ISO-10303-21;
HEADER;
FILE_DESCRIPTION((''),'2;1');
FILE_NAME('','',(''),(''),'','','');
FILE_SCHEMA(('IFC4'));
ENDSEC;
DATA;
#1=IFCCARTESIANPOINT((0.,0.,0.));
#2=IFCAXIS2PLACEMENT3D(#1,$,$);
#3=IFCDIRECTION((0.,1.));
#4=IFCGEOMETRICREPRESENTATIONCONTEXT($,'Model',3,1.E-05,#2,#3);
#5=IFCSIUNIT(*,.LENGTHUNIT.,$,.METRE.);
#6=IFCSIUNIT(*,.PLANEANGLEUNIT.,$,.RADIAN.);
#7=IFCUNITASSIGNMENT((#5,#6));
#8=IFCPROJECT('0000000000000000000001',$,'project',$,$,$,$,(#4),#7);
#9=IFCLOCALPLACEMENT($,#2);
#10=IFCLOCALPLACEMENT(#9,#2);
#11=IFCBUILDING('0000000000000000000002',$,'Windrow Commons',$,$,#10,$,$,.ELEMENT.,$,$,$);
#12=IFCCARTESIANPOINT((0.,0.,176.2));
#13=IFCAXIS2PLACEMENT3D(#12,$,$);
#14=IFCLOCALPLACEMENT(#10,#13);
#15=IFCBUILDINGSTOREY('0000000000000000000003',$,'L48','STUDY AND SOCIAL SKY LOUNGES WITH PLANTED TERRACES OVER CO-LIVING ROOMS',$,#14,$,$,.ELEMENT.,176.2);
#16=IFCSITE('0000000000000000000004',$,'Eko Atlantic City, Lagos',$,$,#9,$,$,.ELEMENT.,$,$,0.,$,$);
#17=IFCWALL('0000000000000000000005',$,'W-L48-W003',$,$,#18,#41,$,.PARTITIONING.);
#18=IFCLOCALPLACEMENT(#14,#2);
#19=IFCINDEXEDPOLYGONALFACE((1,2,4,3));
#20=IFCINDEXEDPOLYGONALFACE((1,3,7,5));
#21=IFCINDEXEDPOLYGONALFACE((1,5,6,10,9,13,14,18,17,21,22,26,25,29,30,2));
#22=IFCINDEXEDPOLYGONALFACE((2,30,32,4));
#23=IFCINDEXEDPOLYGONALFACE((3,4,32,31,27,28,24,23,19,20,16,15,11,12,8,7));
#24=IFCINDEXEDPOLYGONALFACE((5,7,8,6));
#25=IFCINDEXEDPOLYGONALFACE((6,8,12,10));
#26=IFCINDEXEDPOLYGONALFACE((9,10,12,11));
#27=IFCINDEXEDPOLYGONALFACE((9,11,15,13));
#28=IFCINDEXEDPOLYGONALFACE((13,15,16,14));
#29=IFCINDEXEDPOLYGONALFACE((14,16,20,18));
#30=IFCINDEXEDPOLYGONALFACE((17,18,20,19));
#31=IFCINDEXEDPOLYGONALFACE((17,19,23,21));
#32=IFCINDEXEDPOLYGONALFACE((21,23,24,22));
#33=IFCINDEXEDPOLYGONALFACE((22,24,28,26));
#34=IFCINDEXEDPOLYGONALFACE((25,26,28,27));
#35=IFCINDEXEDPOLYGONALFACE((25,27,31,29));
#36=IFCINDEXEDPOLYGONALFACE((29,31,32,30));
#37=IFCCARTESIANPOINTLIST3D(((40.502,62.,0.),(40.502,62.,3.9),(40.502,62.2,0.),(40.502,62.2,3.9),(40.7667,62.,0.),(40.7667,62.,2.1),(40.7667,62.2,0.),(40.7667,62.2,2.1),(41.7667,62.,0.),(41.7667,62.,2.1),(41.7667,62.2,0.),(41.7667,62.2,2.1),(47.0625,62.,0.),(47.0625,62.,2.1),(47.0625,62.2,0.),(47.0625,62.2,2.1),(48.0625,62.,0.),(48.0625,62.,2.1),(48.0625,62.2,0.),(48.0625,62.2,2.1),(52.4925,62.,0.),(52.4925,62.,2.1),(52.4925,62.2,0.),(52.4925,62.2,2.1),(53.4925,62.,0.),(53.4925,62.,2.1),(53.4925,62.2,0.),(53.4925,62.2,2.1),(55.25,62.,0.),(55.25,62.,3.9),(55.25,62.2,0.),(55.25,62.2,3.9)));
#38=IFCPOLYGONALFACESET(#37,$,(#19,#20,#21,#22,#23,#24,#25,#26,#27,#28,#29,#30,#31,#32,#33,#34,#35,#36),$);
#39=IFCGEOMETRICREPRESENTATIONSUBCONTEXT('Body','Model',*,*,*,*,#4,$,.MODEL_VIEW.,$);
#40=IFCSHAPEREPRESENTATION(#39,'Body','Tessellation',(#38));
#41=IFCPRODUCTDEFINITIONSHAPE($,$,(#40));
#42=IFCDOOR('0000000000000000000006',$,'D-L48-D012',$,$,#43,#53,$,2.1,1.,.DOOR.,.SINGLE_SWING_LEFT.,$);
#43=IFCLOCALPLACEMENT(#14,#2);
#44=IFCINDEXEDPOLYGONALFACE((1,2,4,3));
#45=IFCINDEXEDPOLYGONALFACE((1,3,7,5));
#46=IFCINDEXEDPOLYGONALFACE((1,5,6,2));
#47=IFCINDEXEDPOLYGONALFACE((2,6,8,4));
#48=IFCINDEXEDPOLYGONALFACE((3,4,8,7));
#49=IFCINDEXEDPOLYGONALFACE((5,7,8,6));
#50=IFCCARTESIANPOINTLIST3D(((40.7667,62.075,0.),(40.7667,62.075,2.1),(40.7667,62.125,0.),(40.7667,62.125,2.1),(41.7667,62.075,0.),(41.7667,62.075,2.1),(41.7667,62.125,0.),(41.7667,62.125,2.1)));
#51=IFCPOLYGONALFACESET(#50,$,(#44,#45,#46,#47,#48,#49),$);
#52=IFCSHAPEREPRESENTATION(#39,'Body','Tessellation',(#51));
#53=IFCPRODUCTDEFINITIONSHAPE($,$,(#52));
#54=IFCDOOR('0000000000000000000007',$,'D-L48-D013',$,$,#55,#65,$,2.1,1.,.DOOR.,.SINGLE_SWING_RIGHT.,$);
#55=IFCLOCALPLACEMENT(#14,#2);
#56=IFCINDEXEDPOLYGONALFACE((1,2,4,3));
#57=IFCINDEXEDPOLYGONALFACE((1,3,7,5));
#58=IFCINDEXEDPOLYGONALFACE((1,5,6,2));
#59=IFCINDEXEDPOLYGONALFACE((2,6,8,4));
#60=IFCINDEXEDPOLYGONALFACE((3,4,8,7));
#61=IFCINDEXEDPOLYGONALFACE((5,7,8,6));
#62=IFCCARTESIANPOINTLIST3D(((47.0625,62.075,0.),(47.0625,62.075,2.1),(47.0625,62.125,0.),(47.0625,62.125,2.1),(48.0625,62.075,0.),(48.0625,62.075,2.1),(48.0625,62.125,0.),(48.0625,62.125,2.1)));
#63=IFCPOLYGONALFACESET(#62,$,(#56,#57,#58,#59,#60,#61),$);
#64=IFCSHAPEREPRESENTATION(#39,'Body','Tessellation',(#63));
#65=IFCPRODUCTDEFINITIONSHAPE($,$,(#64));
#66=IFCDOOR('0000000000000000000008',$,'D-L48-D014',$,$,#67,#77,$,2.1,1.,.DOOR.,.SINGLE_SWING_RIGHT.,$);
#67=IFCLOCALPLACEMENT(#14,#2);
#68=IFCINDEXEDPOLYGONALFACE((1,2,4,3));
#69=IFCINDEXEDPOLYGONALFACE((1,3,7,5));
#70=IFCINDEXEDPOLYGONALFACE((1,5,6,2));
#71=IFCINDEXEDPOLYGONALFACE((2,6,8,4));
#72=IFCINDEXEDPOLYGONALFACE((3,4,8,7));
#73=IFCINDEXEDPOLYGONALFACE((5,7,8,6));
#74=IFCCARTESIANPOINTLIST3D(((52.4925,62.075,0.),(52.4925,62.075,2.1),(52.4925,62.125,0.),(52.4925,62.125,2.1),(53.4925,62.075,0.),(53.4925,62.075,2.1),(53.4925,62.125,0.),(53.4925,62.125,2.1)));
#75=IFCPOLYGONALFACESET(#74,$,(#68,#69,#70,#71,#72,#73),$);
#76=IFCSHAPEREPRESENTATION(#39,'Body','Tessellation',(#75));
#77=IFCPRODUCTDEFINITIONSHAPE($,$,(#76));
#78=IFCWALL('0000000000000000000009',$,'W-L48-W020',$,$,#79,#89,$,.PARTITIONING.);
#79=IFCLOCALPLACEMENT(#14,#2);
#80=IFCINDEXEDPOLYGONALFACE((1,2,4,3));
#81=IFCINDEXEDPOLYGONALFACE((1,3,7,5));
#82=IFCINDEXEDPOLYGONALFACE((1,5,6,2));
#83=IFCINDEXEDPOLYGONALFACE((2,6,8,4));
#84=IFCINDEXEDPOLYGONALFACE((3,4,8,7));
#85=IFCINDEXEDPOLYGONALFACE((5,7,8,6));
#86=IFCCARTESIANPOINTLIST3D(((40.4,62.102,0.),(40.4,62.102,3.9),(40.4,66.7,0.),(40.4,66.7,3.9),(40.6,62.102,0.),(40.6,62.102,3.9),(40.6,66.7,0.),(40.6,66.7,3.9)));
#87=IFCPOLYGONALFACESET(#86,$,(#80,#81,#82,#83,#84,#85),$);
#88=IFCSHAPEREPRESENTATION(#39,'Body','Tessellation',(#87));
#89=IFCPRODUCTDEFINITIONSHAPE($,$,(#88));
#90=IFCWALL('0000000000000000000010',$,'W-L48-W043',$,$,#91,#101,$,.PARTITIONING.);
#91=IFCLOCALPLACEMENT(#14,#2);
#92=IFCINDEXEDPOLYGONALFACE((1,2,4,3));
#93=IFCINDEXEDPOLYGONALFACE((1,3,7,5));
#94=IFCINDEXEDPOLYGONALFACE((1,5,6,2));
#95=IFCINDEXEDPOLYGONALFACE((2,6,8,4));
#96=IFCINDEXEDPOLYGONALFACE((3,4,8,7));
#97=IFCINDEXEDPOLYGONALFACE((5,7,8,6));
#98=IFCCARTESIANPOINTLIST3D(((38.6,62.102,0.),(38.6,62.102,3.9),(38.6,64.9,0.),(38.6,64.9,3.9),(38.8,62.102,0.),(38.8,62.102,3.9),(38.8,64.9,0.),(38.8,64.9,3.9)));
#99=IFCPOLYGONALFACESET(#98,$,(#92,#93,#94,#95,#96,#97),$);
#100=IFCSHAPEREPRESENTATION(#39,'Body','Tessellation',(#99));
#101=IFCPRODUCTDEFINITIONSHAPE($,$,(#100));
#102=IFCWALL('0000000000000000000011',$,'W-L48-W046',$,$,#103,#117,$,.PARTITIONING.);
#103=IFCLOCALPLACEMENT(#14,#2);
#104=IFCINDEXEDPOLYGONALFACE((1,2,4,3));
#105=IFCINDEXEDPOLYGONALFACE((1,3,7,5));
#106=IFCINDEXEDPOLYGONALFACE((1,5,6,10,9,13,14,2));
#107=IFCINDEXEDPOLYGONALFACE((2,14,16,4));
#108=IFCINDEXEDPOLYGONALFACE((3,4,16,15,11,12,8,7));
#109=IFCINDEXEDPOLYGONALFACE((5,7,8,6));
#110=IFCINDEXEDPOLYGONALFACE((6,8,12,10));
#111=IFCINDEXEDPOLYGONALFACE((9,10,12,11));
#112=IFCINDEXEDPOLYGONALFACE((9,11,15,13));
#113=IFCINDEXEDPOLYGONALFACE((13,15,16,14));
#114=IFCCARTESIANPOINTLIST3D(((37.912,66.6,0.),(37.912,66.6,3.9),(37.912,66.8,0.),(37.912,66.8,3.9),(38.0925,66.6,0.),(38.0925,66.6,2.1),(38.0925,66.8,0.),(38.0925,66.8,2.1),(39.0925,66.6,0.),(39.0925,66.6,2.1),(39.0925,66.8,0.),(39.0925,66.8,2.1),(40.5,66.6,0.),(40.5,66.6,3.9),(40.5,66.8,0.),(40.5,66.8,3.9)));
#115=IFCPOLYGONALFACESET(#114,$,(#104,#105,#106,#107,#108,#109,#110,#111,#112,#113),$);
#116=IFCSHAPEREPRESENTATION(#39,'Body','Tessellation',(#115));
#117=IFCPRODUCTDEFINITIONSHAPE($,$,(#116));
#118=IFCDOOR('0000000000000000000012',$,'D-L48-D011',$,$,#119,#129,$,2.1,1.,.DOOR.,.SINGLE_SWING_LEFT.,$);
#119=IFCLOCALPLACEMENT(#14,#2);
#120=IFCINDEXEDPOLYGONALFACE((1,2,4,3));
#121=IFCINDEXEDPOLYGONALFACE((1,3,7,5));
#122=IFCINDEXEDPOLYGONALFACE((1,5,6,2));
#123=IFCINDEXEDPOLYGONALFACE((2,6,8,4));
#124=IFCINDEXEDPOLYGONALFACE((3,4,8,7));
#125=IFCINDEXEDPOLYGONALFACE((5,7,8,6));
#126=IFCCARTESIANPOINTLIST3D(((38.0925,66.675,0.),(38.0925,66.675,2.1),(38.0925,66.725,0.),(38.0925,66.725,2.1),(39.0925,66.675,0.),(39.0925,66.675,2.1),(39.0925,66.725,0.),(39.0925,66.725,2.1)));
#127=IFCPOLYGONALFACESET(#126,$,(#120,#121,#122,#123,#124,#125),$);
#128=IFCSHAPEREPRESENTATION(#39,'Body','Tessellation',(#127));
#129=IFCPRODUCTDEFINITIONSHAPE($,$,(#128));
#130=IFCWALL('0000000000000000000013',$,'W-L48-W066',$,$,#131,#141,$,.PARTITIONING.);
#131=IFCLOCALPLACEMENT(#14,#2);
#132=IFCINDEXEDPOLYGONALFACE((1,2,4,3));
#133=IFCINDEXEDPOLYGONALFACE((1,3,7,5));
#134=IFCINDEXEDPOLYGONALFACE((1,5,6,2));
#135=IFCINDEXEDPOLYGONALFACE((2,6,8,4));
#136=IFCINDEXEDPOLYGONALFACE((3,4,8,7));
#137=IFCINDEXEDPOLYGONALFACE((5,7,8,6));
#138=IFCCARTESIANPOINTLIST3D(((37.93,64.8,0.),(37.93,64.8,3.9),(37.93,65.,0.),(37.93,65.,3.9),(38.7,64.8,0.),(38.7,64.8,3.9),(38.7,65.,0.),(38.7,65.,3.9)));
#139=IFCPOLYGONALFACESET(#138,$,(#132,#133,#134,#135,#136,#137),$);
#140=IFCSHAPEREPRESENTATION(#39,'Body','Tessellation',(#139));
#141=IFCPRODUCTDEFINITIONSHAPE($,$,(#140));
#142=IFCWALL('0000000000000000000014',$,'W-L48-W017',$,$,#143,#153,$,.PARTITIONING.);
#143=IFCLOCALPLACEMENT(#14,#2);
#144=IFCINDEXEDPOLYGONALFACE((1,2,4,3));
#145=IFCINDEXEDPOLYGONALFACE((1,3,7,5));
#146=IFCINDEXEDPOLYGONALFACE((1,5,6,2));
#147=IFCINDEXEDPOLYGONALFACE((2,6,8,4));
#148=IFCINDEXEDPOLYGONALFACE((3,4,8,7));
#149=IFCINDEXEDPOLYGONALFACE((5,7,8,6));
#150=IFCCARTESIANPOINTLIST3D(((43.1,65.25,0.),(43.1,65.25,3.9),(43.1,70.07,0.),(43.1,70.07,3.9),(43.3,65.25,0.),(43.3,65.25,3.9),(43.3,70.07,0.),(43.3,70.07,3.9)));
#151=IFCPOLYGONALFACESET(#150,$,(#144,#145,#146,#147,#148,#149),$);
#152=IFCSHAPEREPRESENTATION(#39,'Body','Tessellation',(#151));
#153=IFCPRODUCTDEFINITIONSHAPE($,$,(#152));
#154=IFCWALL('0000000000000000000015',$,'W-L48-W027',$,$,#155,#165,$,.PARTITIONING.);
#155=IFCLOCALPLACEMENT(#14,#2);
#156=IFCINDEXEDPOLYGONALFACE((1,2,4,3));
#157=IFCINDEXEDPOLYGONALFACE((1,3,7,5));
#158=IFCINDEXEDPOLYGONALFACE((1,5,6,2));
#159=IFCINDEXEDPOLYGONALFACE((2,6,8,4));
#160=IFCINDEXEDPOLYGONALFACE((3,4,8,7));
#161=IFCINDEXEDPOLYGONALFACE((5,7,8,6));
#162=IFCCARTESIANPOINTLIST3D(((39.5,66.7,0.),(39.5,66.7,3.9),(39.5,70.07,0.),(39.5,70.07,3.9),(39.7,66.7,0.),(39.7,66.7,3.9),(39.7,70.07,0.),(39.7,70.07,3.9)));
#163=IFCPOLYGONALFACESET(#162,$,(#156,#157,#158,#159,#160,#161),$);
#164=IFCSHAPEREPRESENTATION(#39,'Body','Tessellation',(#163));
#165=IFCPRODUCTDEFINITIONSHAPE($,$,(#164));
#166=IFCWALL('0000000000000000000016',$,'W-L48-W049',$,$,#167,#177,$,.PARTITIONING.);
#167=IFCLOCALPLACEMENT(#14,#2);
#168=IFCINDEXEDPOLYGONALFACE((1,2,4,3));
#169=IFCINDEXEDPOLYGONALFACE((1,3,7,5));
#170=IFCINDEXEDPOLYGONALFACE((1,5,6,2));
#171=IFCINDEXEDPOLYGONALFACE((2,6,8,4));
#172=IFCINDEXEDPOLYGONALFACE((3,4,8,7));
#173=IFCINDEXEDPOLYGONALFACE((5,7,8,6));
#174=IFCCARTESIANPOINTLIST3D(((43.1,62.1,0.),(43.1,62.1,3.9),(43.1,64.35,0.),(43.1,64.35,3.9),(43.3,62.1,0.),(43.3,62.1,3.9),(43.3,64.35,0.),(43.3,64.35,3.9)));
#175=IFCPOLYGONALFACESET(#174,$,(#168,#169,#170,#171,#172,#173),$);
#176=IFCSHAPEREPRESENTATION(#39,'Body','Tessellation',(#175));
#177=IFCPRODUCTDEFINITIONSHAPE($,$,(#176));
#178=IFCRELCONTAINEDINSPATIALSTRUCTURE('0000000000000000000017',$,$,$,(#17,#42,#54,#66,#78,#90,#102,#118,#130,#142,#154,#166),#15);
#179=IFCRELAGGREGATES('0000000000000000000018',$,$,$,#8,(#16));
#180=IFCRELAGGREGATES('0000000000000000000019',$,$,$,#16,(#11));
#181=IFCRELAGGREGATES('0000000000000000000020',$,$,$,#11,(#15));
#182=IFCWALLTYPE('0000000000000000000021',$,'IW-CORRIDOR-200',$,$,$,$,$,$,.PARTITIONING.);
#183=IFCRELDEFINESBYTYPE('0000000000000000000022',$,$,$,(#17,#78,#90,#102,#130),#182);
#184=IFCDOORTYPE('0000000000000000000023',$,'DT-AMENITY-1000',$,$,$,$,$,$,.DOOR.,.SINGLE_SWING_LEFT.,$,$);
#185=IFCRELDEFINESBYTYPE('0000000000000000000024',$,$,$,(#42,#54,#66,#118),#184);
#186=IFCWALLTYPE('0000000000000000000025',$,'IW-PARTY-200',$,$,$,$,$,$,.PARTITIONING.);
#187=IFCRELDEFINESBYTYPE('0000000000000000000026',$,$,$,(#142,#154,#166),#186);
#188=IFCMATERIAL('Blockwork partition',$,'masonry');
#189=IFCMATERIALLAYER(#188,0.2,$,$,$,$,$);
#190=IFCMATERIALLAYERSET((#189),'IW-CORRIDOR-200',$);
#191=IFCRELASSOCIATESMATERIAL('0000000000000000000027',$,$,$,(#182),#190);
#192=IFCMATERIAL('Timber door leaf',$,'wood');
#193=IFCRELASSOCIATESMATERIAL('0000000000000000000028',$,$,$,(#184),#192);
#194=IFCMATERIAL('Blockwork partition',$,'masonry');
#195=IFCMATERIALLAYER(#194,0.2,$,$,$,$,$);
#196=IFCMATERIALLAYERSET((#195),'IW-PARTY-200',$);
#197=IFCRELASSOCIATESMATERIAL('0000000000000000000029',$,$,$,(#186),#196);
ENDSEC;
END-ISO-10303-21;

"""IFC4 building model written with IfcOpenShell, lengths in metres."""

from ifc_helpers import new_model, si_unit, direction, frame, frame_2d, origin, place, context, subcontext, project, spatial, rectangle, extrude, material, layer, layer_set, type_object, element, fill, save


model = new_model("IFC4")

# Units and contexts
model_context = context("Model", 3, precision=1e-05, world=origin(), true_north=direction((0.0, 1.0)))
body_context = subcontext(model_context, "Body", "Model", "MODEL_VIEW")
ifc_project = project(units=[si_unit("LENGTHUNIT", "METRE"), si_unit("PLANEANGLEUNIT", "RADIAN")], contexts=[model_context])

# Site, building, storey
site_placement = place(None, origin())
site = spatial("IfcSite", under=ifc_project, at=site_placement, Name="Eko Atlantic City, Lagos", CompositionType="ELEMENT", RefElevation=0.0)
building_placement = place(site_placement, origin())
building = spatial("IfcBuilding", under=site, at=building_placement, Name="Windrow Commons", CompositionType="ELEMENT")
storey_placement = place(building_placement, frame((0.0, 0.0, 176.2)))
storey = spatial("IfcBuildingStorey", under=building, at=storey_placement, Name="L48", Description="STUDY AND SOCIAL SKY LOUNGES WITH PLANTED TERRACES OVER CO-LIVING ROOMS", CompositionType="ELEMENT", Elevation=176.2)

# Wall, openings, doors
ifc_material_1 = material(Name="Blockwork partition", Category="masonry")
ifc_layer_1 = layer(ifc_material_1, 0.2)
ifc_layer_set_1 = layer_set([ifc_layer_1], Name="IW-CORRIDOR-200")
wall_type_1 = type_object("IfcWallType", Name="IW-CORRIDOR-200", PredefinedType="PARTITIONING", material=ifc_layer_set_1)
wall_1_placement = place(storey_placement, frame((40.502, 62.1, 0.0), z_axis=(0.0, 0.0, 1.0), x_axis=(1.0, 0.0, 0.0)))
wall_1 = element("IfcWall", 1, at=wall_1_placement, inside=storey, type_object=wall_type_1, Name="W-L48-W003", PredefinedType="PARTITIONING", context=body_context, shape_type="SweptSolid", body=[
    extrude(rectangle(XDim=14.748, YDim=0.2, at=frame_2d((7.374, 0.0))), origin(), (0.0, 0.0, 1.0), 3.9),
])
opening_1_placement = place(wall_1_placement, frame((0.2647, 0.0, 0.0)))
opening_1 = element("IfcOpeningElement", 2, at=opening_1_placement, cuts=wall_1, PredefinedType="OPENING", context=body_context, shape_type="SweptSolid", body=[
    extrude(rectangle(XDim=1.0, YDim=2.1, at=frame_2d((0.5, 1.05))), frame((0.0, 0.11, 0.0), z_axis=(0.0, -1.0, 0.0), x_axis=(1.0, 0.0, 0.0)), (0.0, 0.0, 1.0), 0.22),
])
opening_2_placement = place(wall_1_placement, frame((6.5605, 0.0, 0.0)))
opening_2 = element("IfcOpeningElement", 3, at=opening_2_placement, cuts=wall_1, PredefinedType="OPENING", context=body_context, shape_type="SweptSolid", body=[
    extrude(rectangle(XDim=1.0, YDim=2.1, at=frame_2d((0.5, 1.05))), frame((0.0, 0.11, 0.0), z_axis=(0.0, -1.0, 0.0), x_axis=(1.0, 0.0, 0.0)), (0.0, 0.0, 1.0), 0.22),
])
opening_3_placement = place(wall_1_placement, frame((11.9905, 0.0, 0.0)))
opening_3 = element("IfcOpeningElement", 4, at=opening_3_placement, cuts=wall_1, PredefinedType="OPENING", context=body_context, shape_type="SweptSolid", body=[
    extrude(rectangle(XDim=1.0, YDim=2.1, at=frame_2d((0.5, 1.05))), frame((0.0, 0.11, 0.0), z_axis=(0.0, -1.0, 0.0), x_axis=(1.0, 0.0, 0.0)), (0.0, 0.0, 1.0), 0.22),
])
ifc_material_2 = material(Name="Timber door leaf", Category="wood")
door_type = type_object("IfcDoorType", Name="DT-AMENITY-1000", OperationType="SINGLE_SWING_LEFT", PredefinedType="DOOR", material=ifc_material_2)
door_1_placement = place(opening_1_placement, origin())
door_1 = element("IfcDoor", 5, at=door_1_placement, inside=storey, type_object=door_type, Name="D-L48-D012", OperationType="SINGLE_SWING_LEFT", OverallHeight=2.1, OverallWidth=1.0, PredefinedType="DOOR", context=body_context, shape_type="SweptSolid", body=[
    extrude(rectangle(XDim=1.0, YDim=2.1, at=frame_2d((0.5, 1.05))), frame((0.0, 0.025, 0.0), z_axis=(0.0, -1.0, 0.0), x_axis=(1.0, 0.0, 0.0)), (0.0, 0.0, 1.0), 0.05),
])
fill(opening_1, door_1)
door_2_placement = place(opening_2_placement, origin())
door_2 = element("IfcDoor", 6, at=door_2_placement, inside=storey, type_object=door_type, Name="D-L48-D013", OperationType="SINGLE_SWING_RIGHT", OverallHeight=2.1, OverallWidth=1.0, PredefinedType="DOOR", context=body_context, shape_type="SweptSolid", body=[
    extrude(rectangle(XDim=1.0, YDim=2.1, at=frame_2d((0.5, 1.05))), frame((0.0, 0.025, 0.0), z_axis=(0.0, -1.0, 0.0), x_axis=(1.0, 0.0, 0.0)), (0.0, 0.0, 1.0), 0.05),
])
fill(opening_2, door_2)
door_3_placement = place(opening_3_placement, origin())
door_3 = element("IfcDoor", 7, at=door_3_placement, inside=storey, type_object=door_type, Name="D-L48-D014", OperationType="SINGLE_SWING_RIGHT", OverallHeight=2.1, OverallWidth=1.0, PredefinedType="DOOR", context=body_context, shape_type="SweptSolid", body=[
    extrude(rectangle(XDim=1.0, YDim=2.1, at=frame_2d((0.5, 1.05))), frame((0.0, 0.025, 0.0), z_axis=(0.0, -1.0, 0.0), x_axis=(1.0, 0.0, 0.0)), (0.0, 0.0, 1.0), 0.05),
])
fill(opening_3, door_3)

# Walls
wall_2_placement = place(storey_placement, frame((40.5, 62.102, 0.0), z_axis=(0.0, 0.0, 1.0), x_axis=(0.0, 1.0, 0.0)))
element("IfcWall", 8, at=wall_2_placement, inside=storey, type_object=wall_type_1, Name="W-L48-W020", PredefinedType="PARTITIONING", context=body_context, shape_type="SweptSolid", body=[
    extrude(rectangle(XDim=4.598, YDim=0.2, at=frame_2d((2.299, 0.0))), origin(), (0.0, 0.0, 1.0), 3.9),
])
wall_3_placement = place(storey_placement, frame((38.7, 62.102, 0.0), z_axis=(0.0, 0.0, 1.0), x_axis=(0.0, 1.0, 0.0)))
element("IfcWall", 9, at=wall_3_placement, inside=storey, type_object=wall_type_1, Name="W-L48-W043", PredefinedType="PARTITIONING", context=body_context, shape_type="SweptSolid", body=[
    extrude(rectangle(XDim=2.798, YDim=0.2, at=frame_2d((1.399, 0.0))), origin(), (0.0, 0.0, 1.0), 3.9),
])

# Wall, opening, door
wall_4_placement = place(storey_placement, frame((37.912, 66.7, 0.0), z_axis=(0.0, 0.0, 1.0), x_axis=(1.0, 0.0, 0.0)))
wall_4 = element("IfcWall", 10, at=wall_4_placement, inside=storey, type_object=wall_type_1, Name="W-L48-W046", PredefinedType="PARTITIONING", context=body_context, shape_type="SweptSolid", body=[
    extrude(rectangle(XDim=2.588, YDim=0.2, at=frame_2d((1.294, 0.0))), origin(), (0.0, 0.0, 1.0), 3.9),
])
opening_4_placement = place(wall_4_placement, frame((0.1805, 0.0, 0.0)))
opening_4 = element("IfcOpeningElement", 11, at=opening_4_placement, cuts=wall_4, PredefinedType="OPENING", context=body_context, shape_type="SweptSolid", body=[
    extrude(rectangle(XDim=1.0, YDim=2.1, at=frame_2d((0.5, 1.05))), frame((0.0, 0.11, 0.0), z_axis=(0.0, -1.0, 0.0), x_axis=(1.0, 0.0, 0.0)), (0.0, 0.0, 1.0), 0.22),
])
door_4_placement = place(opening_4_placement, origin())
door_4 = element("IfcDoor", 12, at=door_4_placement, inside=storey, type_object=door_type, Name="D-L48-D011", OperationType="SINGLE_SWING_LEFT", OverallHeight=2.1, OverallWidth=1.0, PredefinedType="DOOR", context=body_context, shape_type="SweptSolid", body=[
    extrude(rectangle(XDim=1.0, YDim=2.1, at=frame_2d((0.5, 1.05))), frame((0.0, 0.025, 0.0), z_axis=(0.0, -1.0, 0.0), x_axis=(1.0, 0.0, 0.0)), (0.0, 0.0, 1.0), 0.05),
])
fill(opening_4, door_4)

# Walls
wall_5_placement = place(storey_placement, frame((37.93, 64.9, 0.0), z_axis=(0.0, 0.0, 1.0), x_axis=(1.0, 0.0, 0.0)))
element("IfcWall", 13, at=wall_5_placement, inside=storey, type_object=wall_type_1, Name="W-L48-W066", PredefinedType="PARTITIONING", context=body_context, shape_type="SweptSolid", body=[
    extrude(rectangle(XDim=0.77, YDim=0.2, at=frame_2d((0.385, 0.0))), origin(), (0.0, 0.0, 1.0), 3.9),
])
ifc_material_3 = material(Name="Blockwork partition", Category="masonry")
ifc_layer_2 = layer(ifc_material_3, 0.2)
ifc_layer_set_2 = layer_set([ifc_layer_2], Name="IW-PARTY-200")
wall_type_2 = type_object("IfcWallType", Name="IW-PARTY-200", PredefinedType="PARTITIONING", material=ifc_layer_set_2)
wall_6_placement = place(storey_placement, frame((43.2, 65.25, 0.0), z_axis=(0.0, 0.0, 1.0), x_axis=(0.0, 1.0, 0.0)))
element("IfcWall", 14, at=wall_6_placement, inside=storey, type_object=wall_type_2, Name="W-L48-W017", PredefinedType="PARTITIONING", context=body_context, shape_type="SweptSolid", body=[
    extrude(rectangle(XDim=4.82, YDim=0.2, at=frame_2d((2.41, 0.0))), origin(), (0.0, 0.0, 1.0), 3.9),
])
wall_7_placement = place(storey_placement, frame((39.6, 66.7, 0.0), z_axis=(0.0, 0.0, 1.0), x_axis=(0.0, 1.0, 0.0)))
element("IfcWall", 15, at=wall_7_placement, inside=storey, type_object=wall_type_2, Name="W-L48-W027", PredefinedType="PARTITIONING", context=body_context, shape_type="SweptSolid", body=[
    extrude(rectangle(XDim=3.37, YDim=0.2, at=frame_2d((1.685, 0.0))), origin(), (0.0, 0.0, 1.0), 3.9),
])
for number, where, z_axis, x_axis, name in (
    (16, (43.2, 62.1, 0.0), (0.0, 0.0, 1.0), (0.0, 1.0, 0.0), "W-L48-W049"),
):
    element("IfcWall", number, at=place(storey_placement, frame(where, z_axis=z_axis, x_axis=x_axis)), inside=storey, type_object=wall_type_2, Name=name, PredefinedType="PARTITIONING", context=body_context, shape_type="SweptSolid", body=[
        extrude(rectangle(XDim=2.25, YDim=0.2, at=frame_2d((1.125, 0.0))), origin(), (0.0, 0.0, 1.0), 3.9),
    ])

save(model, "model.ifc")
